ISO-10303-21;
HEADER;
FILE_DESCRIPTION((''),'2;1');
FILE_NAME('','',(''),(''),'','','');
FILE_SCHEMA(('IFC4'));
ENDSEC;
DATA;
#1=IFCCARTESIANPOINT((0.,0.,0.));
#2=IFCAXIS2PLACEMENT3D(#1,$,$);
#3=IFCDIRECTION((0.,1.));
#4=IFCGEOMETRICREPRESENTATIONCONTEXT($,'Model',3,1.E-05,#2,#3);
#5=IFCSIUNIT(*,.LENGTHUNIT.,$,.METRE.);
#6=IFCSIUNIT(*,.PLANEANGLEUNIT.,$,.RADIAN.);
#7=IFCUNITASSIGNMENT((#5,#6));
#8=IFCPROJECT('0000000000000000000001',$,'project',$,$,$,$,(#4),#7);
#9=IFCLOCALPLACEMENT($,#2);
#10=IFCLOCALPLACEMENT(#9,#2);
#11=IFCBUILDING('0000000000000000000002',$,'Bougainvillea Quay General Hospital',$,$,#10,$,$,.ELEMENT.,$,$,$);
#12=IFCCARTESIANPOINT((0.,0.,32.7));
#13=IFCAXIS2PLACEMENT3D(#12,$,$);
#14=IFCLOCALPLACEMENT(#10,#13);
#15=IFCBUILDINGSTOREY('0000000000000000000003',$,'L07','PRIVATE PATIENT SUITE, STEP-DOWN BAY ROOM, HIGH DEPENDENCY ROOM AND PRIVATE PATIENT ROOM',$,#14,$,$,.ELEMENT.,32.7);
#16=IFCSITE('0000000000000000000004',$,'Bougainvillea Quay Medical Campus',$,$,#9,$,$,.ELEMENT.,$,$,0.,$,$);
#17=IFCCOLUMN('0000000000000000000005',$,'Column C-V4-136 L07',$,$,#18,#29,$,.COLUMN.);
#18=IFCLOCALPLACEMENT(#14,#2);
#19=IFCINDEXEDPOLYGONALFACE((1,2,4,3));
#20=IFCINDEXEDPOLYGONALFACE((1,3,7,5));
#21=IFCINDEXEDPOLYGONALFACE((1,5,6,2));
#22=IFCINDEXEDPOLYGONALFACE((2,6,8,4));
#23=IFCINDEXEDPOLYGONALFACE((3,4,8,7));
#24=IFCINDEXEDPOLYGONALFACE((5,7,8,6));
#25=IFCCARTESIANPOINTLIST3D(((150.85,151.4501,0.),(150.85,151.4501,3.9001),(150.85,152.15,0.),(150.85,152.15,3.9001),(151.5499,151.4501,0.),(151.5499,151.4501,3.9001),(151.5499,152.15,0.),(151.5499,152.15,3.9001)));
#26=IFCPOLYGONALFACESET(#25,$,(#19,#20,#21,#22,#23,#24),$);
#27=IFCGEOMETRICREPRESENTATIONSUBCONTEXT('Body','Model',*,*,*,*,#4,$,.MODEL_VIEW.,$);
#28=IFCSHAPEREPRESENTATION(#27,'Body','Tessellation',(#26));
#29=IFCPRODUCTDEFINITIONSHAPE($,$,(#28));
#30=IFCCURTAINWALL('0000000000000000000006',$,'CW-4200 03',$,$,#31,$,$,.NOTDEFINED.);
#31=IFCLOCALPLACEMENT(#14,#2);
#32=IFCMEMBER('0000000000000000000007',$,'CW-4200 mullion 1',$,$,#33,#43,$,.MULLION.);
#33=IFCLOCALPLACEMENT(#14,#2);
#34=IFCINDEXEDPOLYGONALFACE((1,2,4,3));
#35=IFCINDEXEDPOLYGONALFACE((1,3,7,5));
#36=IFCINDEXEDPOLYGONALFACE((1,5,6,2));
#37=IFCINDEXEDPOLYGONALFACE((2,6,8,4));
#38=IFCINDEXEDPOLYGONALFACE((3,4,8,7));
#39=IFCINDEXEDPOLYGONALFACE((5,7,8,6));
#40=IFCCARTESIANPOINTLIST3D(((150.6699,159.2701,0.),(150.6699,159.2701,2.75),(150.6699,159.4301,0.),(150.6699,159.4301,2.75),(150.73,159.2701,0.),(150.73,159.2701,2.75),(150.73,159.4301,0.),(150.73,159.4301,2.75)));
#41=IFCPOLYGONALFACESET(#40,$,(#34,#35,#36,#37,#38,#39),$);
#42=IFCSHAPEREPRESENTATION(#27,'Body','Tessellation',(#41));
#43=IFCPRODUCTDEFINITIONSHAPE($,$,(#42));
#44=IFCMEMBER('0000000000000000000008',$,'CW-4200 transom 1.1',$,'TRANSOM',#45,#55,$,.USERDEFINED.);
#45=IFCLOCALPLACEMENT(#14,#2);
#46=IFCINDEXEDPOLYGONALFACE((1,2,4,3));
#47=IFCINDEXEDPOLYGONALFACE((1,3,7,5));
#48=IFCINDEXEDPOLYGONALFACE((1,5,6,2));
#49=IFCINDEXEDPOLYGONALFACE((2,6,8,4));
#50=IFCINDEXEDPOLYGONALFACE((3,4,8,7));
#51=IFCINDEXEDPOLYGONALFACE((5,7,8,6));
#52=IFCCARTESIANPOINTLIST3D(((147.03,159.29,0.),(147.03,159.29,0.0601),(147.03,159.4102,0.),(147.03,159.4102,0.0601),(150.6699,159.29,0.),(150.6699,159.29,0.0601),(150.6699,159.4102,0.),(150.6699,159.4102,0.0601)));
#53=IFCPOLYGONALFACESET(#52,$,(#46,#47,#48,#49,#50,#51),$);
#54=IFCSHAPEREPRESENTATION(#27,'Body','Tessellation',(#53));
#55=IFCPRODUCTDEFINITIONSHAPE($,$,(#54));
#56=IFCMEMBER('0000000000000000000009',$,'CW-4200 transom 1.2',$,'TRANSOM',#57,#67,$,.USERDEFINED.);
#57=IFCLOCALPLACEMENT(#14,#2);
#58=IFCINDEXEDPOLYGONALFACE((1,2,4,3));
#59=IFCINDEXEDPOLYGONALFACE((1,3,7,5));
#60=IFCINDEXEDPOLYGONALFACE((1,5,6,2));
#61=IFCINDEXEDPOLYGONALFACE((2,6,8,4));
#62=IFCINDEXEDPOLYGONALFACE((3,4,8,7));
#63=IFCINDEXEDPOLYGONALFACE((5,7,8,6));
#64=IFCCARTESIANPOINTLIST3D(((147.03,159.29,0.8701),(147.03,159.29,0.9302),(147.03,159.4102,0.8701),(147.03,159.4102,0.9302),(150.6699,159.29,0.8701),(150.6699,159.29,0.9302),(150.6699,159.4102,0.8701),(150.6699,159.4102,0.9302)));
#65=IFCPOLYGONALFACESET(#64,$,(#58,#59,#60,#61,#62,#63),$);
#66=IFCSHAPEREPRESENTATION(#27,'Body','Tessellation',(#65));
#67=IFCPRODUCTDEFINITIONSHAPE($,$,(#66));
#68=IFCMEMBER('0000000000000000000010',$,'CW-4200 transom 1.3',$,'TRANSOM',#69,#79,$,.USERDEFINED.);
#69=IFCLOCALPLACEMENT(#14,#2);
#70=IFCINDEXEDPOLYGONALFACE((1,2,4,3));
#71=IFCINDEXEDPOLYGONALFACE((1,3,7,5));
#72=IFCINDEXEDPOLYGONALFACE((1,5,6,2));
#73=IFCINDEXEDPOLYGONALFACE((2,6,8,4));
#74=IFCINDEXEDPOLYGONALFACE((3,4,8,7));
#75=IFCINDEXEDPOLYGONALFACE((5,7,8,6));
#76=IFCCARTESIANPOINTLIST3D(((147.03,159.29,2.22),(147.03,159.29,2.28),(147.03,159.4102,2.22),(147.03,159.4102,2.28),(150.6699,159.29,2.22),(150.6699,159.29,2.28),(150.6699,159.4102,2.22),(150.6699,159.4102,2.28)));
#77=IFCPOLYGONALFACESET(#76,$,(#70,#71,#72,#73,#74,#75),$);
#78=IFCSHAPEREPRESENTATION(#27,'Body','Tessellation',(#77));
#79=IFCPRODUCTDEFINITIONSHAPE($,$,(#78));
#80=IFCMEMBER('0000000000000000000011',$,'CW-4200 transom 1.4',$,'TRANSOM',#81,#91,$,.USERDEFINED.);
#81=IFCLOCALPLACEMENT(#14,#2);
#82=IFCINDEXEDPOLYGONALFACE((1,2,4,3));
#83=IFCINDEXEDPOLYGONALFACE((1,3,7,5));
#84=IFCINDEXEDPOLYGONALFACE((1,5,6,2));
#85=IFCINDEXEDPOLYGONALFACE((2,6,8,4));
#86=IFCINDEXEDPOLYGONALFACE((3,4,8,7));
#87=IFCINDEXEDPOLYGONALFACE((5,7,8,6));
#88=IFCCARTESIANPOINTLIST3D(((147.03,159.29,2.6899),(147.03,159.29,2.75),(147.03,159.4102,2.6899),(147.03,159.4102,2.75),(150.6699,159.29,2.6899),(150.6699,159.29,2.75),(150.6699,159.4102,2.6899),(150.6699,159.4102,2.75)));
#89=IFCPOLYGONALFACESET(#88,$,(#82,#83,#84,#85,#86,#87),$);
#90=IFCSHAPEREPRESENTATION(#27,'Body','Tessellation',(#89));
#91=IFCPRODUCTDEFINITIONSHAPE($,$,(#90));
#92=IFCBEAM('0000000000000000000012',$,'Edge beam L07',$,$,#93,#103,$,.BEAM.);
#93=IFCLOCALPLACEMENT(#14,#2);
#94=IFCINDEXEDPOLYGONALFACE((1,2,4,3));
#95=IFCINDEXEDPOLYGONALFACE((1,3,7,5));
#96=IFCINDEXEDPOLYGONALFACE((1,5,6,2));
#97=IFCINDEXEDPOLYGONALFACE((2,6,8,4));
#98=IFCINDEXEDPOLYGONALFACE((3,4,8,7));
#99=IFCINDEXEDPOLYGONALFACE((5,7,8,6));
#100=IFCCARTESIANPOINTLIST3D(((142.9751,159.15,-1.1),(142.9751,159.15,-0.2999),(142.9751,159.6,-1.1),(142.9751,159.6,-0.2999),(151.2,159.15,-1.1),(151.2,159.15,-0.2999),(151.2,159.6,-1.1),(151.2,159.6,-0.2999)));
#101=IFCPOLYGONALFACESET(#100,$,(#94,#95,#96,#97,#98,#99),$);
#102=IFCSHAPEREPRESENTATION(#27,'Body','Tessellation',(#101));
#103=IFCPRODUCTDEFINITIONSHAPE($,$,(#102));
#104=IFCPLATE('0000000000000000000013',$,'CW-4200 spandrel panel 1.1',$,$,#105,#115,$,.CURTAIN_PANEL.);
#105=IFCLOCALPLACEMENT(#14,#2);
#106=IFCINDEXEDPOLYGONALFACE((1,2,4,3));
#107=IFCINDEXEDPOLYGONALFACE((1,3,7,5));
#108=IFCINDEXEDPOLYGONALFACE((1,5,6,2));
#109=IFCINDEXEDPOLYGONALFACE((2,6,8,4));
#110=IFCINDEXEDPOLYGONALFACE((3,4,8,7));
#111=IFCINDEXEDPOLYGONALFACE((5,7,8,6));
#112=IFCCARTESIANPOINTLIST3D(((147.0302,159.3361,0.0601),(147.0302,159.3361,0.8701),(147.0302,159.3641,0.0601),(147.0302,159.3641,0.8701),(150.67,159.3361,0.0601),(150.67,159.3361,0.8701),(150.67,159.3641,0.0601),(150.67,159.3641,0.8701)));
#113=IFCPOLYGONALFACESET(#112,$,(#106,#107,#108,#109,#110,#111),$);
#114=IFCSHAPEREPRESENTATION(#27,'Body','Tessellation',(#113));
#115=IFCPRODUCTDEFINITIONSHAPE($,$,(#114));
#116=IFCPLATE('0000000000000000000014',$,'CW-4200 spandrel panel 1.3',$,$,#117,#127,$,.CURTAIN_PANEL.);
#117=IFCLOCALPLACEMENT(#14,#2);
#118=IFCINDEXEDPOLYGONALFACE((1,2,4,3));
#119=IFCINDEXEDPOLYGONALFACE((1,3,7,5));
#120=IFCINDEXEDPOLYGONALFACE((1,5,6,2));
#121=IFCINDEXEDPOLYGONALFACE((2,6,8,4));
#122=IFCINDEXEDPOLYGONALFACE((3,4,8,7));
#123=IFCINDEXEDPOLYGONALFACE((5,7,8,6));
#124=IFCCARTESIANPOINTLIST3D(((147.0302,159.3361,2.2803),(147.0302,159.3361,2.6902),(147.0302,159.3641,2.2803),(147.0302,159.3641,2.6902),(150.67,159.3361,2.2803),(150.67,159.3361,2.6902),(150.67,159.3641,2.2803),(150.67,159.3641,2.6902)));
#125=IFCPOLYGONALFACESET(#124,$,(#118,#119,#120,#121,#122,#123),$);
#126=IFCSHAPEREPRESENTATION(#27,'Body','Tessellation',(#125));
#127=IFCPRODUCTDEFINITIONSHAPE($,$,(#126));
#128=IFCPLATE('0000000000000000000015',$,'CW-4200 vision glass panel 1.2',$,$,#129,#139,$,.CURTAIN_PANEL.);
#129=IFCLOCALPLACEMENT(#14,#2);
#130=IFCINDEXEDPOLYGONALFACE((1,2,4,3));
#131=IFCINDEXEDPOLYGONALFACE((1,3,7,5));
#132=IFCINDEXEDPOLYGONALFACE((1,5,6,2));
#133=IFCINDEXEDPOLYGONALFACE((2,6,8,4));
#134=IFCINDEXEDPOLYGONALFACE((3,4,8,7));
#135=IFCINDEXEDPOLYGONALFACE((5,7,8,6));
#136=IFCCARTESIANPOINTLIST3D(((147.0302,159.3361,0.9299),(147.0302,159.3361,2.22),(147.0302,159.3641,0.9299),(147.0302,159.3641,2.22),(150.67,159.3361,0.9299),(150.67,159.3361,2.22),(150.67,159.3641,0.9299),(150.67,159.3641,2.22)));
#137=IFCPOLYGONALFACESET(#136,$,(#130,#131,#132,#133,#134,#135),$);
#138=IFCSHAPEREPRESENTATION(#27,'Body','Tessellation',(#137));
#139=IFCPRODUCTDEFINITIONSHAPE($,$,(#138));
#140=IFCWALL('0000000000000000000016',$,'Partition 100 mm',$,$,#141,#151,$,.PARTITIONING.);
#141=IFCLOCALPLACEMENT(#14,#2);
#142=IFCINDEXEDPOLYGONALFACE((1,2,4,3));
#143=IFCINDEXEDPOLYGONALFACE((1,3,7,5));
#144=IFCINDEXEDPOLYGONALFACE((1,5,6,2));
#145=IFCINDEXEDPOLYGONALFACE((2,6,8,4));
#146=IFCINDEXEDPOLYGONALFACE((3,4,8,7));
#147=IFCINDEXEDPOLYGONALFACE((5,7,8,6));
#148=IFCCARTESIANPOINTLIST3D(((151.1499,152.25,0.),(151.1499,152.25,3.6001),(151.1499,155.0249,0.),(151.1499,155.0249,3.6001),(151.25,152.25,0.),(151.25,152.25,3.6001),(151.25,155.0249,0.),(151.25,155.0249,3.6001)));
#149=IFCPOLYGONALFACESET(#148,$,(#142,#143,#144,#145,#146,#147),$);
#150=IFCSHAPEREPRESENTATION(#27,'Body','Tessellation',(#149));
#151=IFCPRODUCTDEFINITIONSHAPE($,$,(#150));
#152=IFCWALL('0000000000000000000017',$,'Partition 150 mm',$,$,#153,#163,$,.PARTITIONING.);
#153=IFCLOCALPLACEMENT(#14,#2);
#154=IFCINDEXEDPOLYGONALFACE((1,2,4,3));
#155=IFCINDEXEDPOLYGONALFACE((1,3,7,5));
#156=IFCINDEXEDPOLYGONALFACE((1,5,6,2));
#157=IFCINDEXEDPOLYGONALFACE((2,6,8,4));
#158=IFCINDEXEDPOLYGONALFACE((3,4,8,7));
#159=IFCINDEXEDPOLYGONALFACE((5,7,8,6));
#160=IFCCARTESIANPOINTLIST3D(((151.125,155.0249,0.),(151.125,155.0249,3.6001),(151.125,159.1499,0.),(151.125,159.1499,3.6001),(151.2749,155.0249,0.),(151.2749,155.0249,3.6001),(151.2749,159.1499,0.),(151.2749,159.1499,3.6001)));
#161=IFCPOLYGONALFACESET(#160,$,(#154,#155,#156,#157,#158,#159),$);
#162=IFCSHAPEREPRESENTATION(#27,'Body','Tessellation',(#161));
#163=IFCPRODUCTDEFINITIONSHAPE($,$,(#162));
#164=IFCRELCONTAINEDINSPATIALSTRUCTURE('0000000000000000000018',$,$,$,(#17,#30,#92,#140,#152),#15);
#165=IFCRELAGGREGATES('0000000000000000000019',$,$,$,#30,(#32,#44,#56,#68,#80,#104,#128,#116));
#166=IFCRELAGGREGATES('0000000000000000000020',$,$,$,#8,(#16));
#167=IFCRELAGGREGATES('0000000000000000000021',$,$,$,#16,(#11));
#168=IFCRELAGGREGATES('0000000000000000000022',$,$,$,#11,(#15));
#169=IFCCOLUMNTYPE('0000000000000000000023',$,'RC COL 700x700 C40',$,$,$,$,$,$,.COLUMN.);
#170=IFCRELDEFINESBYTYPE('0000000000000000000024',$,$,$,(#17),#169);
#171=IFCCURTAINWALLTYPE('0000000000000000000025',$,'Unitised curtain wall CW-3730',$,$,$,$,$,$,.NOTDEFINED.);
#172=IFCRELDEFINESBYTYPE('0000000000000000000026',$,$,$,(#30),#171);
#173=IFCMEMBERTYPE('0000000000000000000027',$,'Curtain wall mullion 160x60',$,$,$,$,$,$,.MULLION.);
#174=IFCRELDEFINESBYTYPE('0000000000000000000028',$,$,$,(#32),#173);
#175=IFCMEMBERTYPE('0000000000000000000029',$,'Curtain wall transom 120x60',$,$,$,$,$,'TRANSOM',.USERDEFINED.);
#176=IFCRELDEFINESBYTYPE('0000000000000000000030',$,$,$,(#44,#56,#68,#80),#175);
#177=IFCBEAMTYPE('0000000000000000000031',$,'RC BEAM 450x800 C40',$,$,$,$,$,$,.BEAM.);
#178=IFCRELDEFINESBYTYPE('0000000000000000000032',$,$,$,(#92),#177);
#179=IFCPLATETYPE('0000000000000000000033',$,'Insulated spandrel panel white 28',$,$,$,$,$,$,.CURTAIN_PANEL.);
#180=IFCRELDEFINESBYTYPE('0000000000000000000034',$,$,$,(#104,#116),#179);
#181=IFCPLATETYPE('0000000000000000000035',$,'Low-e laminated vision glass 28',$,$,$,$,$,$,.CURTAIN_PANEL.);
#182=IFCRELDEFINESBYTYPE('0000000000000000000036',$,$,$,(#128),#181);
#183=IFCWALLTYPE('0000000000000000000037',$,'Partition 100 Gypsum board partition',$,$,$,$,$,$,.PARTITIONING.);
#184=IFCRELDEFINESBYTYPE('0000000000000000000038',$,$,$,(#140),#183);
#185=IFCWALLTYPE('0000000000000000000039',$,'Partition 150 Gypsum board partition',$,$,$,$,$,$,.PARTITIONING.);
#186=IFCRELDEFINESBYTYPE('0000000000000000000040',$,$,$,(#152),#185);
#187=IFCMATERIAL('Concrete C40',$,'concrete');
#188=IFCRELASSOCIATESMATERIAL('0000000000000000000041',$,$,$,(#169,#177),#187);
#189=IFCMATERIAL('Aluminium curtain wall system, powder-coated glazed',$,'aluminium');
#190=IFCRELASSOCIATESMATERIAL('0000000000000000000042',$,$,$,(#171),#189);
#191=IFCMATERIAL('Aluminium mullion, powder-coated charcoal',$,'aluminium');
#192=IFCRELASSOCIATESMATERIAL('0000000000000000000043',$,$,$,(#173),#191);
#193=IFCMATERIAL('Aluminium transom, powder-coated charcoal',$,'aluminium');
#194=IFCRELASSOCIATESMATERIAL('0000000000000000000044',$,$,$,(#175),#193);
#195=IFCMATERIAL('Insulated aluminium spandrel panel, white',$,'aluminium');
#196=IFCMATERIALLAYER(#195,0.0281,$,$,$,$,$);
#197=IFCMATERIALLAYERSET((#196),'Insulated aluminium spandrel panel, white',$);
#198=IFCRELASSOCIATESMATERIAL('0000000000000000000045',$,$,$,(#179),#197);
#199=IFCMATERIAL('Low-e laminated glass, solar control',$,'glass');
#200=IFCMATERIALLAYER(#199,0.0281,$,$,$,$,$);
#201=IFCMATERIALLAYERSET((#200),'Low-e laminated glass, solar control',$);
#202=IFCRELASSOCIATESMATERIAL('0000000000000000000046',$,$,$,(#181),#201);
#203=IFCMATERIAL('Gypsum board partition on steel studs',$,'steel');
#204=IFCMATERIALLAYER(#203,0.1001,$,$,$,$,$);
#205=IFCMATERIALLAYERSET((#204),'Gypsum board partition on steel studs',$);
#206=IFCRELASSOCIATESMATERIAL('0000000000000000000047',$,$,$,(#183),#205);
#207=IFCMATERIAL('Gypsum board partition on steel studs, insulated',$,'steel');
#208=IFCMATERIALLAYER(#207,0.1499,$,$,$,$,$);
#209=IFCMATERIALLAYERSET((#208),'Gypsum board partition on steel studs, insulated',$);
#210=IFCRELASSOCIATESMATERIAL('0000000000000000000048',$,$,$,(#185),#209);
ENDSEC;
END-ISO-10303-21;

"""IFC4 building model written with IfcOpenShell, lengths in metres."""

from ifc_helpers import new_model, si_unit, direction, frame, frame_2d, origin, origin_2d, place, context, subcontext, project, spatial, rectangle, extrude, material, layer, layer_set, material_profile, profile_set, type_object, element, aggregate, save


model = new_model("IFC4")

# Units and contexts
model_context = context("Model", 3, precision=1e-05, world=origin(), true_north=direction((0.0, 1.0)))
body_context = subcontext(model_context, "Body", "Model", "MODEL_VIEW")
ifc_project = project(units=[si_unit("LENGTHUNIT", "METRE"), si_unit("PLANEANGLEUNIT", "RADIAN")], contexts=[model_context])

# Site, building, storey
site_placement = place(None, origin())
site = spatial("IfcSite", under=ifc_project, at=site_placement, Name="Bougainvillea Quay Medical Campus", CompositionType="ELEMENT", RefElevation=0.0)
building_placement = place(site_placement, origin())
building = spatial("IfcBuilding", under=site, at=building_placement, Name="Bougainvillea Quay General Hospital", CompositionType="ELEMENT")
storey_placement = place(building_placement, frame((0.0, 0.0, 32.7)))
storey = spatial("IfcBuildingStorey", under=building, at=storey_placement, Name="L07", Description="PRIVATE PATIENT SUITE, STEP-DOWN BAY ROOM, HIGH DEPENDENCY ROOM AND PRIVATE PATIENT ROOM", CompositionType="ELEMENT", Elevation=32.7)

# Column
ifc_material_1 = material(Name="Concrete C40", Category="concrete")
ifc_material_profile_1 = material_profile(ifc_material_1, rectangle(XDim=0.7, YDim=0.7, at=origin_2d()))
ifc_profile_set_1 = profile_set([ifc_material_profile_1], Name="Concrete C40")
column_type = type_object("IfcColumnType", Name="RC COL 700x700 C40", PredefinedType="COLUMN", material=ifc_profile_set_1)
column_placement = place(storey_placement, frame((151.2, 151.8, 0.0), z_axis=(0.0, 0.0, 1.0), x_axis=(1.0, 0.0, 0.0)))
element("IfcColumn", 1, at=column_placement, inside=storey, type_object=column_type, Name="Column C-V4-136 L07", PredefinedType="COLUMN", context=body_context, shape_type="SweptSolid", body=[
    extrude(rectangle(XDim=0.7, YDim=0.7, at=origin_2d()), origin(), (0.0, 0.0, 1.0), 3.9001),
])

# Curtain wall, members
ifc_material_2 = material(Name="Aluminium curtain wall system, powder-coated glazed", Category="aluminium")
curtain_wall_type = type_object("IfcCurtainWallType", Name="Unitised curtain wall CW-3730", PredefinedType="NOTDEFINED", material=ifc_material_2)
curtain_wall_placement = place(storey_placement, origin())
curtain_wall = element("IfcCurtainWall", 2, at=curtain_wall_placement, inside=storey, type_object=curtain_wall_type, Name="CW-4200 03", PredefinedType="NOTDEFINED")
ifc_material_3 = material(Name="Aluminium mullion, powder-coated charcoal", Category="aluminium")
ifc_material_profile_2 = material_profile(ifc_material_3, rectangle(XDim=0.1599, YDim=0.0601, at=origin_2d()))
ifc_profile_set_2 = profile_set([ifc_material_profile_2], Name="Aluminium mullion, powder-coated charcoal")
member_type_1 = type_object("IfcMemberType", Name="Curtain wall mullion 160x60", PredefinedType="MULLION", material=ifc_profile_set_2)
member_1_placement = place(storey_placement, frame((150.7, 159.3501, 0.0), z_axis=(0.0, 0.0, 1.0), x_axis=(0.0, -1.0, 0.0)))
member_1 = element("IfcMember", 3, at=member_1_placement, type_object=member_type_1, Name="CW-4200 mullion 1", PredefinedType="MULLION", context=body_context, shape_type="SweptSolid", body=[
    extrude(rectangle(XDim=0.1599, YDim=0.0601, at=origin_2d()), origin(), (0.0, 0.0, 1.0), 2.75),
])
ifc_material_4 = material(Name="Aluminium transom, powder-coated charcoal", Category="aluminium")
ifc_material_profile_3 = material_profile(ifc_material_4, rectangle(XDim=0.1201, YDim=0.0601, at=origin_2d()))
ifc_profile_set_3 = profile_set([ifc_material_profile_3], Name="Aluminium transom, powder-coated charcoal")
member_type_2 = type_object("IfcMemberType", Name="Curtain wall transom 120x60", ElementType="TRANSOM", PredefinedType="USERDEFINED", material=ifc_profile_set_3)
member_2_placement = place(storey_placement, frame((150.6699, 159.3501, 0.03), z_axis=(-1.0, 0.0, 0.0), x_axis=(0.0, -1.0, 0.0)))
member_2 = element("IfcMember", 4, at=member_2_placement, type_object=member_type_2, Name="CW-4200 transom 1.1", ObjectType="TRANSOM", PredefinedType="USERDEFINED", context=body_context, shape_type="SweptSolid", body=[
    extrude(rectangle(XDim=0.1201, YDim=0.0601, at=origin_2d()), origin(), (0.0, 0.0, 1.0), 3.6399),
])
member_3_placement = place(storey_placement, frame((150.6699, 159.3501, 0.9001), z_axis=(-1.0, 0.0, 0.0), x_axis=(0.0, -1.0, 0.0)))
member_3 = element("IfcMember", 5, at=member_3_placement, type_object=member_type_2, Name="CW-4200 transom 1.2", ObjectType="TRANSOM", PredefinedType="USERDEFINED", context=body_context, shape_type="SweptSolid", body=[
    extrude(rectangle(XDim=0.1201, YDim=0.0601, at=origin_2d()), origin(), (0.0, 0.0, 1.0), 3.6399),
])
member_4_placement = place(storey_placement, frame((150.6699, 159.3501, 2.25), z_axis=(-1.0, 0.0, 0.0), x_axis=(0.0, -1.0, 0.0)))
member_4 = element("IfcMember", 6, at=member_4_placement, type_object=member_type_2, Name="CW-4200 transom 1.3", ObjectType="TRANSOM", PredefinedType="USERDEFINED", context=body_context, shape_type="SweptSolid", body=[
    extrude(rectangle(XDim=0.1201, YDim=0.0601, at=origin_2d()), origin(), (0.0, 0.0, 1.0), 3.6399),
])
member_5_placement = place(storey_placement, frame((150.6699, 159.3501, 2.72), z_axis=(-1.0, 0.0, 0.0), x_axis=(0.0, -1.0, 0.0)))
member_5 = element("IfcMember", 7, at=member_5_placement, type_object=member_type_2, Name="CW-4200 transom 1.4", ObjectType="TRANSOM", PredefinedType="USERDEFINED", context=body_context, shape_type="SweptSolid", body=[
    extrude(rectangle(XDim=0.1201, YDim=0.0601, at=origin_2d()), origin(), (0.0, 0.0, 1.0), 3.6399),
])

# Beam
ifc_material_profile_4 = material_profile(ifc_material_1, rectangle(XDim=0.45, YDim=0.8, at=origin_2d()))
ifc_profile_set_4 = profile_set([ifc_material_profile_4], Name="Concrete C40")
beam_type = type_object("IfcBeamType", Name="RC BEAM 450x800 C40", PredefinedType="BEAM", material=ifc_profile_set_4)
beam_placement = place(storey_placement, frame((151.2, 159.375, -0.7), z_axis=(-1.0, 0.0, 0.0), x_axis=(0.0, -1.0, 0.0)))
element("IfcBeam", 8, at=beam_placement, inside=storey, type_object=beam_type, Name="Edge beam L07", PredefinedType="BEAM", context=body_context, shape_type="SweptSolid", body=[
    extrude(rectangle(XDim=0.45, YDim=0.8, at=origin_2d()), origin(), (0.0, 0.0, 1.0), 8.2249),
])

# Plates
ifc_material_5 = material(Name="Insulated aluminium spandrel panel, white", Category="aluminium")
ifc_layer_1 = layer(ifc_material_5, 0.0281)
ifc_layer_set_1 = layer_set([ifc_layer_1], Name="Insulated aluminium spandrel panel, white")
plate_type_1 = type_object("IfcPlateType", Name="Insulated spandrel panel white 28", PredefinedType="CURTAIN_PANEL", material=ifc_layer_set_1)
plate_1_placement = place(storey_placement, frame((148.8501, 159.3501, 0.0601), z_axis=(0.0, 0.0, 1.0), x_axis=(-1.0, 0.0, 0.0)))
plate_1 = element("IfcPlate", 9, at=plate_1_placement, type_object=plate_type_1, Name="CW-4200 spandrel panel 1.1", PredefinedType="CURTAIN_PANEL", context=body_context, shape_type="SweptSolid", body=[
    extrude(rectangle(XDim=3.6399, YDim=0.0281, at=origin_2d()), origin(), (0.0, 0.0, 1.0), 0.8101),
])
plate_2_placement = place(storey_placement, frame((148.8501, 159.3501, 2.2803), z_axis=(0.0, 0.0, 1.0), x_axis=(-1.0, 0.0, 0.0)))
plate_2 = element("IfcPlate", 10, at=plate_2_placement, type_object=plate_type_1, Name="CW-4200 spandrel panel 1.3", PredefinedType="CURTAIN_PANEL", context=body_context, shape_type="SweptSolid", body=[
    extrude(rectangle(XDim=3.6399, YDim=0.0281, at=origin_2d()), origin(), (0.0, 0.0, 1.0), 0.4099),
])
ifc_material_6 = material(Name="Low-e laminated glass, solar control", Category="glass")
ifc_layer_2 = layer(ifc_material_6, 0.0281)
ifc_layer_set_2 = layer_set([ifc_layer_2], Name="Low-e laminated glass, solar control")
plate_type_2 = type_object("IfcPlateType", Name="Low-e laminated vision glass 28", PredefinedType="CURTAIN_PANEL", material=ifc_layer_set_2)
plate_3_placement = place(storey_placement, frame((148.8501, 159.3501, 0.9299), z_axis=(0.0, 0.0, 1.0), x_axis=(-1.0, 0.0, 0.0)))
plate_3 = element("IfcPlate", 11, at=plate_3_placement, type_object=plate_type_2, Name="CW-4200 vision glass panel 1.2", PredefinedType="CURTAIN_PANEL", context=body_context, shape_type="SweptSolid", body=[
    extrude(rectangle(XDim=3.6399, YDim=0.0281, at=origin_2d()), origin(), (0.0, 0.0, 1.0), 1.29),
])
aggregate(curtain_wall, [member_1, member_2, member_3, member_4, member_5, plate_1, plate_3, plate_2])

# Walls
ifc_material_7 = material(Name="Gypsum board partition on steel studs", Category="steel")
ifc_layer_3 = layer(ifc_material_7, 0.1001)
ifc_layer_set_3 = layer_set([ifc_layer_3], Name="Gypsum board partition on steel studs")
wall_type_1 = type_object("IfcWallType", Name="Partition 100 Gypsum board partition", PredefinedType="PARTITIONING", material=ifc_layer_set_3)
wall_1_placement = place(storey_placement, frame((151.2, 152.25, 0.0), z_axis=(0.0, 0.0, 1.0), x_axis=(0.0, 1.0, 0.0)))
element("IfcWall", 12, at=wall_1_placement, inside=storey, type_object=wall_type_1, Name="Partition 100 mm", PredefinedType="PARTITIONING", context=body_context, shape_type="SweptSolid", body=[
    extrude(rectangle(XDim=2.7749, YDim=0.1001, at=frame_2d((1.3875, 0.0))), origin(), (0.0, 0.0, 1.0), 3.6001),
])
ifc_material_8 = material(Name="Gypsum board partition on steel studs, insulated", Category="steel")
ifc_layer_4 = layer(ifc_material_8, 0.1499)
ifc_layer_set_4 = layer_set([ifc_layer_4], Name="Gypsum board partition on steel studs, insulated")
wall_type_2 = type_object("IfcWallType", Name="Partition 150 Gypsum board partition", PredefinedType="PARTITIONING", material=ifc_layer_set_4)
wall_2_placement = place(storey_placement, frame((151.2, 155.0249, 0.0), z_axis=(0.0, 0.0, 1.0), x_axis=(0.0, 1.0, 0.0)))
element("IfcWall", 13, at=wall_2_placement, inside=storey, type_object=wall_type_2, Name="Partition 150 mm", PredefinedType="PARTITIONING", context=body_context, shape_type="SweptSolid", body=[
    extrude(rectangle(XDim=4.125, YDim=0.1499, at=frame_2d((2.0625, 0.0))), origin(), (0.0, 0.0, 1.0), 3.6001),
])

save(model, "model.ifc")
